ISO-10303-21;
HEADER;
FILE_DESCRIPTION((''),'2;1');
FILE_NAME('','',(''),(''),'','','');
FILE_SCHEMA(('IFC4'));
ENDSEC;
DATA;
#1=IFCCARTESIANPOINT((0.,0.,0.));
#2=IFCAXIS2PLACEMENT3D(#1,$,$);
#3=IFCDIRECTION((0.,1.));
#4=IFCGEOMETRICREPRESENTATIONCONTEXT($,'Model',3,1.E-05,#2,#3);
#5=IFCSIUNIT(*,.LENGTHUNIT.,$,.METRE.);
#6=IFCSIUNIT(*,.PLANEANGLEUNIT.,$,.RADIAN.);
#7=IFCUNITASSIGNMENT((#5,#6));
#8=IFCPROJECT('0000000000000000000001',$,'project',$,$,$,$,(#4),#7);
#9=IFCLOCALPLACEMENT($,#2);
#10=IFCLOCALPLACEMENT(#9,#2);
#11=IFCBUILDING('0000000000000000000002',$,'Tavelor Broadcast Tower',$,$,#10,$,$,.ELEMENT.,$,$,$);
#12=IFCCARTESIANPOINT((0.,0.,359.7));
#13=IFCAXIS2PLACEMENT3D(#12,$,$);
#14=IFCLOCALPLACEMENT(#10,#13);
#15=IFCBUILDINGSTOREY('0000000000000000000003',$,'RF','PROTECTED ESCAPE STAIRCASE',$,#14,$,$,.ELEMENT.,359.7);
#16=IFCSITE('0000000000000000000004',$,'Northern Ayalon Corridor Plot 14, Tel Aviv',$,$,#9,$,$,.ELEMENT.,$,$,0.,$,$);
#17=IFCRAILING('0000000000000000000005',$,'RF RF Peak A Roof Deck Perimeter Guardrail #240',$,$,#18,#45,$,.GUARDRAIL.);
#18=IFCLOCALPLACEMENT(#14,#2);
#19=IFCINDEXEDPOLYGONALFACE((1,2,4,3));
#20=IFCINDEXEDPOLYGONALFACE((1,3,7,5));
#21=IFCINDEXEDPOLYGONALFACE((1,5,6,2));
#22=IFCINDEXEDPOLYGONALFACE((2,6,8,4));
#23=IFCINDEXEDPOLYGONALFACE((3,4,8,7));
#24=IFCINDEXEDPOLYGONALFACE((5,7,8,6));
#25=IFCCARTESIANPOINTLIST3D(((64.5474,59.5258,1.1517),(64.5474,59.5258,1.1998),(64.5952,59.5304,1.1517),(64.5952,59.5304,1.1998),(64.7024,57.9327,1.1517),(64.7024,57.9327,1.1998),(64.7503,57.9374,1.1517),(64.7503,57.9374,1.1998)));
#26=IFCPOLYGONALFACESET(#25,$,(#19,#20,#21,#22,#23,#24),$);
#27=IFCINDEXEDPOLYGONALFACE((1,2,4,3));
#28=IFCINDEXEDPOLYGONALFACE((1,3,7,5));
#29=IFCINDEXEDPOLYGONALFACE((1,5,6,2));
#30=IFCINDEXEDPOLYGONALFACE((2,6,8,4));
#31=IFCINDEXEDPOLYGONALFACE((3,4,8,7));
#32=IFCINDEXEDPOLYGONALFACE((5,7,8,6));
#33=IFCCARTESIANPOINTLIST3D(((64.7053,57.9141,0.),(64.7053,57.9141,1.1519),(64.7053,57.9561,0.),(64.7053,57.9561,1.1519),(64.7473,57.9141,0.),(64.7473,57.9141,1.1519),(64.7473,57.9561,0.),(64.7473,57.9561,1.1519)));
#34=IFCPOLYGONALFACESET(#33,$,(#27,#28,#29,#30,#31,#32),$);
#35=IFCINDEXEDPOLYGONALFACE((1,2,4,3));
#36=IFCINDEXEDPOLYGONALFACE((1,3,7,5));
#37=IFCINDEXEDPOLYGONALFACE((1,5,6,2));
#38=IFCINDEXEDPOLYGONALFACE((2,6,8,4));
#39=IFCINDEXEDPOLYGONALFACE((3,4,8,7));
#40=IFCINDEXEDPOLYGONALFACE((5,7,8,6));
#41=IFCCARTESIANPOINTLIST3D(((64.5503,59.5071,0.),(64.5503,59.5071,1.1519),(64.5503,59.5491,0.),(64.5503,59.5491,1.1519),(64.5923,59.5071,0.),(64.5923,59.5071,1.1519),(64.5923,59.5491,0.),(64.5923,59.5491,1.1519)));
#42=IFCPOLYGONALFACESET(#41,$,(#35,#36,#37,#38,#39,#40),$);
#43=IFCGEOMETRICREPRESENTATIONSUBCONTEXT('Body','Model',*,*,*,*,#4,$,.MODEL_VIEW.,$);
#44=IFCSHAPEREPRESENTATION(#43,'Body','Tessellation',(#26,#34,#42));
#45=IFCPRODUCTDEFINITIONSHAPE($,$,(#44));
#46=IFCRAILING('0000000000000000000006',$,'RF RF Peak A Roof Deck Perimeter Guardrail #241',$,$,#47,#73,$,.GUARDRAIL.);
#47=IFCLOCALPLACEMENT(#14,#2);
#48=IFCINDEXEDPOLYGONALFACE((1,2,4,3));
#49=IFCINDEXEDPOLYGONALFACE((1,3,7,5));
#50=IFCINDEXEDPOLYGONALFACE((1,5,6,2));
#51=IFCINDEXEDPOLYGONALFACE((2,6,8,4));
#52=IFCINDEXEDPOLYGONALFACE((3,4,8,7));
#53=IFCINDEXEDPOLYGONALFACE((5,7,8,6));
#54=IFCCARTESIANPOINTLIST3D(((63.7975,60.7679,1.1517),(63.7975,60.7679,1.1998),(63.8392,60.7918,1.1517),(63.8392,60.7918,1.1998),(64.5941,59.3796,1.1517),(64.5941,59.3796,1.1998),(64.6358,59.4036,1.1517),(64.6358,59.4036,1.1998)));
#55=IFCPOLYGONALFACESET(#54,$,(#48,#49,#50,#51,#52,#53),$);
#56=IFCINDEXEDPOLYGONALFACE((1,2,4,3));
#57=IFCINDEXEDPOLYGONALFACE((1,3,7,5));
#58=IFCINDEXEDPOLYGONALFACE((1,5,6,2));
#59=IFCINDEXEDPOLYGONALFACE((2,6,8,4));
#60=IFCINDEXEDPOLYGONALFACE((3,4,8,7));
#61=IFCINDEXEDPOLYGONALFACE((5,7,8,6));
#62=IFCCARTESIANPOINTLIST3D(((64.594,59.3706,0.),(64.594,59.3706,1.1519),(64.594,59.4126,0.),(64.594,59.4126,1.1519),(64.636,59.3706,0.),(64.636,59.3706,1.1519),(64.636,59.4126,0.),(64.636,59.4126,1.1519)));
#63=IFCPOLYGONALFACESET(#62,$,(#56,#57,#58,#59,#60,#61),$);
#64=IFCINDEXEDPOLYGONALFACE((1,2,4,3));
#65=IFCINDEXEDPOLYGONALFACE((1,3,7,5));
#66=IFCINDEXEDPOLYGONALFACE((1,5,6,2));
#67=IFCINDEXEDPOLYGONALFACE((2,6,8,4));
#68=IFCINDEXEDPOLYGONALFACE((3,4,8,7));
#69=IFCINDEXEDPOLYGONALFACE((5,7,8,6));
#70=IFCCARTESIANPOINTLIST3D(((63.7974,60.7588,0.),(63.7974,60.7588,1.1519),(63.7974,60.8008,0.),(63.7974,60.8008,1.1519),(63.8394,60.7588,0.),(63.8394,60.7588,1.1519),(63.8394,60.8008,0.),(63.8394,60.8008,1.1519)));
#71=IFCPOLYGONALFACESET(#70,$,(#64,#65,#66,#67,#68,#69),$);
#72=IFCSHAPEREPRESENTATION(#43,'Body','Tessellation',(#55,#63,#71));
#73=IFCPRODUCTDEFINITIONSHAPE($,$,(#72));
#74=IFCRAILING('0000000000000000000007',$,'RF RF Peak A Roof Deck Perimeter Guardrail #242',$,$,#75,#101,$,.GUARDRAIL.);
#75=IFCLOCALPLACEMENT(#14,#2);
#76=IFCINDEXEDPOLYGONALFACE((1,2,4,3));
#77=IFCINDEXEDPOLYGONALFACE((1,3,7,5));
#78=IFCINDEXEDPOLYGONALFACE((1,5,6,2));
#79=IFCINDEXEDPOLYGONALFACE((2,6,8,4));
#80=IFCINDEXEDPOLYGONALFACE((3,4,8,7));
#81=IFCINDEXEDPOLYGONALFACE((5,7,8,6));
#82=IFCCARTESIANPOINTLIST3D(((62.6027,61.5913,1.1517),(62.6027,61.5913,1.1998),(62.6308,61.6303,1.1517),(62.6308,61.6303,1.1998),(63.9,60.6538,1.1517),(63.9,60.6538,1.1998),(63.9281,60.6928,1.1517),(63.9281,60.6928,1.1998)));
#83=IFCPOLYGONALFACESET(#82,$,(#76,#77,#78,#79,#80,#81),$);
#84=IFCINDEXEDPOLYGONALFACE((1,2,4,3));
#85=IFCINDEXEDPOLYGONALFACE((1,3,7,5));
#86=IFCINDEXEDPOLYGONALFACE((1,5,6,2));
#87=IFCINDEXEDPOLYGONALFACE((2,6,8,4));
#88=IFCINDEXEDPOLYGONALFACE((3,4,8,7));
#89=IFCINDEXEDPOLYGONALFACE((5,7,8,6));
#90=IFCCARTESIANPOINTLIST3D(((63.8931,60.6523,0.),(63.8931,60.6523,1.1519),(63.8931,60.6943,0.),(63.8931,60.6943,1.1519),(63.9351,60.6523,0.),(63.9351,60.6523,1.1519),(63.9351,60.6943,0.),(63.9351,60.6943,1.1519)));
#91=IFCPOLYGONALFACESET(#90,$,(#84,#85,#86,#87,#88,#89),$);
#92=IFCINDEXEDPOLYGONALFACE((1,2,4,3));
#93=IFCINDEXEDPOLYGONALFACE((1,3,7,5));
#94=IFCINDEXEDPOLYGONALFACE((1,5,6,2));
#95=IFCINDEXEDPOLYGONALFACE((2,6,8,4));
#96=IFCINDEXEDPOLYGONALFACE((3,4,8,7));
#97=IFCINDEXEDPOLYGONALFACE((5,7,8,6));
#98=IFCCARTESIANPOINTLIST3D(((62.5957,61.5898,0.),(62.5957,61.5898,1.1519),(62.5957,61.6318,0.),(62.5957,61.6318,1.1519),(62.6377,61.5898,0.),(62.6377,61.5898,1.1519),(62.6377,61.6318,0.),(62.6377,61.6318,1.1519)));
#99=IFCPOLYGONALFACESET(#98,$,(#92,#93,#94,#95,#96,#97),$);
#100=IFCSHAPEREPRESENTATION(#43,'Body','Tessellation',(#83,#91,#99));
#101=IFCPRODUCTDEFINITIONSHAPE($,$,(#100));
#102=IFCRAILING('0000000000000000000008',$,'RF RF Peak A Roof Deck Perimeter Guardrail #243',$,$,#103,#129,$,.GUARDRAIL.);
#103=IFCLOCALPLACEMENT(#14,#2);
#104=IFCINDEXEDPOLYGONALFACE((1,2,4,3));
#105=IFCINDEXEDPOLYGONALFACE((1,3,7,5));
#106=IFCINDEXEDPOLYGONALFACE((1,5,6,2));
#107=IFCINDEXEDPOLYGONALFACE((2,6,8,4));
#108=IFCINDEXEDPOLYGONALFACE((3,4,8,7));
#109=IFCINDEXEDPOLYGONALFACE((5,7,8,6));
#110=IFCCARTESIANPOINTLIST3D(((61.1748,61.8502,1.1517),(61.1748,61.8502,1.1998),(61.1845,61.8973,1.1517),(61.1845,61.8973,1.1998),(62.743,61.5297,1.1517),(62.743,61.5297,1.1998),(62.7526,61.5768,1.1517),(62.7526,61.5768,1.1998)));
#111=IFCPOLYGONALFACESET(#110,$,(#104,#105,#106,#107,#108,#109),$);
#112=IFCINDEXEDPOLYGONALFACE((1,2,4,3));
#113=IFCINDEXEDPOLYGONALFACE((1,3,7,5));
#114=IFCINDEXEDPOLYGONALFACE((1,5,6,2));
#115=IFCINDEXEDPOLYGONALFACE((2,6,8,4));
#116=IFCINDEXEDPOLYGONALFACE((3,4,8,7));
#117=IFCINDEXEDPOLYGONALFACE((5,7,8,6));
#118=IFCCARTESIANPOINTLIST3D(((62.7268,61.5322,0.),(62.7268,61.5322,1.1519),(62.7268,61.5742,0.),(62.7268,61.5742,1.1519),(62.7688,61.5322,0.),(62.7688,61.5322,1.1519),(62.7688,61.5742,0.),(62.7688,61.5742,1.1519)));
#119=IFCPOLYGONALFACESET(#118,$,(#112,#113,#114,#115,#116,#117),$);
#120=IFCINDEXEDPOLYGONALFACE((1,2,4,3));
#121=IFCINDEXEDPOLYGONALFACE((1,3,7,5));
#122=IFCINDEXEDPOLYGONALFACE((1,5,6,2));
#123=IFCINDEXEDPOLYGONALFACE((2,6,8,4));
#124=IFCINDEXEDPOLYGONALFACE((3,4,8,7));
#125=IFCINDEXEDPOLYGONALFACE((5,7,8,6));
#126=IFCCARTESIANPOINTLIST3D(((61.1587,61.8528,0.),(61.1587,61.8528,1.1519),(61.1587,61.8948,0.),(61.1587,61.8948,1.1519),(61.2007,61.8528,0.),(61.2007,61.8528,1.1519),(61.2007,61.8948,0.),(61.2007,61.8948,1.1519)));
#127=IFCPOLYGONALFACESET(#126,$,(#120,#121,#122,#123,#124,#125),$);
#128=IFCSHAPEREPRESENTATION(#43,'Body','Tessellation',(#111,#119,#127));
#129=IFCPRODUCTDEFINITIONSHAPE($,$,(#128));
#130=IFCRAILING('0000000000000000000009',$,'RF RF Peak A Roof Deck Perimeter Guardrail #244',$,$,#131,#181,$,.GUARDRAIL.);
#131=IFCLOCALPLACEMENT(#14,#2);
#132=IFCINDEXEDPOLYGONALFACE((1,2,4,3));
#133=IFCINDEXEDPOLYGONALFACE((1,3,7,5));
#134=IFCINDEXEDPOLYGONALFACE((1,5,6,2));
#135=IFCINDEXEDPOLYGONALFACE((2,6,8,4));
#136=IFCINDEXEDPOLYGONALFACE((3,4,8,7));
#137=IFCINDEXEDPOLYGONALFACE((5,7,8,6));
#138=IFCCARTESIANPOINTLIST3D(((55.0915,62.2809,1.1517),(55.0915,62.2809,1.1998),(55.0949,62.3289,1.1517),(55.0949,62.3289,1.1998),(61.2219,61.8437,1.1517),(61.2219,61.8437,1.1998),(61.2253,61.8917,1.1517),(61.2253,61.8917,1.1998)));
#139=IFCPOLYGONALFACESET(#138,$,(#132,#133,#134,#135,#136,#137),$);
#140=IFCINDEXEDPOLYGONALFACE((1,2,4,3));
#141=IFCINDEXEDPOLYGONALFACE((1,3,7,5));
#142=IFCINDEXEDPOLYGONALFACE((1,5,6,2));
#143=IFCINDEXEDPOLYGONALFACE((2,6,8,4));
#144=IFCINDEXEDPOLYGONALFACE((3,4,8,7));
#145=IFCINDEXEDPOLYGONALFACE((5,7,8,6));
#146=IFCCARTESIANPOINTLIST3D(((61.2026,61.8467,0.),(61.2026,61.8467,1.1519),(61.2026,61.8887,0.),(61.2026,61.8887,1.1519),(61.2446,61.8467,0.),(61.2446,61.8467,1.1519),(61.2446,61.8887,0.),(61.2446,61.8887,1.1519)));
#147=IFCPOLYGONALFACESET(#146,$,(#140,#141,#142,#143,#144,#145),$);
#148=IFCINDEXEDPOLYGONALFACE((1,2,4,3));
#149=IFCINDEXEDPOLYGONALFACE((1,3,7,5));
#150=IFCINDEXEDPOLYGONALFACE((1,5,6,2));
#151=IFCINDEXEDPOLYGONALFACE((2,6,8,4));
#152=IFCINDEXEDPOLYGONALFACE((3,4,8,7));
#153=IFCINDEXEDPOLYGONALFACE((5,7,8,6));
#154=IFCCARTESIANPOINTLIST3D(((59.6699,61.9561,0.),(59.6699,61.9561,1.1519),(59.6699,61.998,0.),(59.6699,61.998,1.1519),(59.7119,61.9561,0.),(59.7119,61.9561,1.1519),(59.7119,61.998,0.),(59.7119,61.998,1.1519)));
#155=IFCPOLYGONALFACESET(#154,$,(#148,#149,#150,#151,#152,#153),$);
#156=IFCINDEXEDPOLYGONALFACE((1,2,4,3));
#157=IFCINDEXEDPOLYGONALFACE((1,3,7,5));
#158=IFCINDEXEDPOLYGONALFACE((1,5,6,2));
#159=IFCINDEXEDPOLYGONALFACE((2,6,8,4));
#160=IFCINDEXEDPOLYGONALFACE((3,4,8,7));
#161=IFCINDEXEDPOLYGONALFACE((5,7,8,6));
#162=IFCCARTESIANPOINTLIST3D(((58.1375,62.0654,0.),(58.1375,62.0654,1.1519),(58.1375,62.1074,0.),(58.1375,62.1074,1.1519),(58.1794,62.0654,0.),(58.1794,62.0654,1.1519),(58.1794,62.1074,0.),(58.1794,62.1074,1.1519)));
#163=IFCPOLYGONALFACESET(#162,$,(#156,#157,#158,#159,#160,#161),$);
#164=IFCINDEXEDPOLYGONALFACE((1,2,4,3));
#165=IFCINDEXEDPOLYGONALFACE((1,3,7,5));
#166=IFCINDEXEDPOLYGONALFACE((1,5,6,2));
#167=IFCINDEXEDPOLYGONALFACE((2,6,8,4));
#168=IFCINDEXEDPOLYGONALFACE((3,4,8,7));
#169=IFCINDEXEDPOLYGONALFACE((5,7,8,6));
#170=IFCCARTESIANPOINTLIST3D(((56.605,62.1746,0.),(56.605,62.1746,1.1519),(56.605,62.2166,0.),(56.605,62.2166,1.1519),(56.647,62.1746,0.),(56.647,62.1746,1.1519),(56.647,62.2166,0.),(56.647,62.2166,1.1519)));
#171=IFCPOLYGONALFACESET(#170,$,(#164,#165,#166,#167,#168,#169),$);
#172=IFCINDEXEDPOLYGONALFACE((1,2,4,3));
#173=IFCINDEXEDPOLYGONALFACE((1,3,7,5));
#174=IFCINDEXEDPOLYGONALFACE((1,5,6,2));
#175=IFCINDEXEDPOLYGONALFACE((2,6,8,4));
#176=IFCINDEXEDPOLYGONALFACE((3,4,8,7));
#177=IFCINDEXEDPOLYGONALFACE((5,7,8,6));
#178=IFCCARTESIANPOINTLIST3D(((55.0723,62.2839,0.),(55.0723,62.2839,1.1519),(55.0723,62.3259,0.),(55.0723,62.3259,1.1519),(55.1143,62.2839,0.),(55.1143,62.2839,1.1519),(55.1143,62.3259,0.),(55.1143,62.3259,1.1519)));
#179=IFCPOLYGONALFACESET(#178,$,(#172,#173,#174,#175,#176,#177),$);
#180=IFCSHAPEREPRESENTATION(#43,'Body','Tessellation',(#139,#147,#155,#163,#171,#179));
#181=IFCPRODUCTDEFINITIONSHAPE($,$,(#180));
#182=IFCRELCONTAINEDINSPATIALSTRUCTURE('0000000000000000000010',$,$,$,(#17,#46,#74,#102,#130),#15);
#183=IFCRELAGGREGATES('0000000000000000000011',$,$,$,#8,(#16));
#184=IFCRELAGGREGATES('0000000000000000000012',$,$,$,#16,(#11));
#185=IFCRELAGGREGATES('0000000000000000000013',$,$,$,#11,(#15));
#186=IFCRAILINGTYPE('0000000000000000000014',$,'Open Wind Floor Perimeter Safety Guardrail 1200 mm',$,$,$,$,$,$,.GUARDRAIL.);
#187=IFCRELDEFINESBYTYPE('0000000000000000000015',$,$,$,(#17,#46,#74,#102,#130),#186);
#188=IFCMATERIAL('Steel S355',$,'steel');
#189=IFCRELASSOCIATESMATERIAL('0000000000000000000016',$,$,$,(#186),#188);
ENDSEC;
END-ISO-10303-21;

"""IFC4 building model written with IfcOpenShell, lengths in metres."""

from ifc_helpers import new_model, si_unit, direction, frame, origin, origin_2d, place, context, subcontext, project, spatial, rectangle, extrude, material, type_object, element, save


model = new_model("IFC4")

# Units and contexts
model_context = context("Model", 3, precision=1e-05, world=origin(), true_north=direction((0.0, 1.0)))
body_context = subcontext(model_context, "Body", "Model", "MODEL_VIEW")
ifc_project = project(units=[si_unit("LENGTHUNIT", "METRE"), si_unit("PLANEANGLEUNIT", "RADIAN")], contexts=[model_context])

# Site, building, storey
site_placement = place(None, origin())
site = spatial("IfcSite", under=ifc_project, at=site_placement, Name="Northern Ayalon Corridor Plot 14, Tel Aviv", CompositionType="ELEMENT", RefElevation=0.0)
building_placement = place(site_placement, origin())
building = spatial("IfcBuilding", under=site, at=building_placement, Name="Tavelor Broadcast Tower", CompositionType="ELEMENT")
storey_placement = place(building_placement, frame((0.0, 0.0, 359.7)))
storey = spatial("IfcBuildingStorey", under=building, at=storey_placement, Name="RF", Description="PROTECTED ESCAPE STAIRCASE", CompositionType="ELEMENT", Elevation=359.7)

# Shared definitions
ifc_material_1 = material(Name="Steel S355", Category="steel")

# Railings
railing_type = type_object("IfcRailingType", Name="Open Wind Floor Perimeter Safety Guardrail 1200 mm", PredefinedType="GUARDRAIL", material=ifc_material_1)
railing_1_placement = place(storey_placement, frame((64.7263, 57.9351, 0.0)))
element("IfcRailing", 1, at=railing_1_placement, inside=storey, type_object=railing_type, Name="RF RF Peak A Roof Deck Perimeter Guardrail #240", PredefinedType="GUARDRAIL", context=body_context, shape_type="SweptSolid", body=[
    extrude(rectangle(XDim=0.0481, YDim=0.0481, at=origin_2d()), frame((0.0, 0.0, 1.1758), z_axis=(-0.09686, 0.995298, 0.0), x_axis=(-0.995298, -0.09686, 0.0)), (0.0, 0.0, 1.0), 1.6006),
    extrude(rectangle(XDim=0.042, YDim=0.042, at=origin_2d()), origin(), (0.0, 0.0, 1.0), 1.1519),
    extrude(rectangle(XDim=0.042, YDim=0.042, at=origin_2d()), frame((-0.155, 1.593, 0.0)), (0.0, 0.0, 1.0), 1.1519),
])
railing_2_placement = place(storey_placement, frame((64.615, 59.3916, 0.0)))
element("IfcRailing", 2, at=railing_2_placement, inside=storey, type_object=railing_type, Name="RF RF Peak A Roof Deck Perimeter Guardrail #241", PredefinedType="GUARDRAIL", context=body_context, shape_type="SweptSolid", body=[
    extrude(rectangle(XDim=0.0481, YDim=0.0481, at=origin_2d()), frame((0.0, 0.0, 1.1758), z_axis=(-0.497732, 0.867331, 0.0), x_axis=(-0.867331, -0.497732, 0.0)), (0.0, 0.0, 1.0), 1.6006),
    extrude(rectangle(XDim=0.042, YDim=0.042, at=origin_2d()), origin(), (0.0, 0.0, 1.0), 1.1519),
    extrude(rectangle(XDim=0.042, YDim=0.042, at=origin_2d()), frame((-0.7966, 1.3882, 0.0)), (0.0, 0.0, 1.0), 1.1519),
])
railing_3_placement = place(storey_placement, frame((63.9141, 60.6733, 0.0)))
element("IfcRailing", 3, at=railing_3_placement, inside=storey, type_object=railing_type, Name="RF RF Peak A Roof Deck Perimeter Guardrail #242", PredefinedType="GUARDRAIL", context=body_context, shape_type="SweptSolid", body=[
    extrude(rectangle(XDim=0.0481, YDim=0.0481, at=origin_2d()), frame((0.0, 0.0, 1.1758), z_axis=(-0.810526, 0.585702, 0.0), x_axis=(-0.585702, -0.810526, 0.0)), (0.0, 0.0, 1.0), 1.6006),
    extrude(rectangle(XDim=0.042, YDim=0.042, at=origin_2d()), origin(), (0.0, 0.0, 1.0), 1.1519),
    extrude(rectangle(XDim=0.042, YDim=0.042, at=origin_2d()), frame((-1.2974, 0.9375, 0.0)), (0.0, 0.0, 1.0), 1.1519),
])
railing_4_placement = place(storey_placement, frame((62.7478, 61.5532, 0.0)))
element("IfcRailing", 4, at=railing_4_placement, inside=storey, type_object=railing_type, Name="RF RF Peak A Roof Deck Perimeter Guardrail #243", PredefinedType="GUARDRAIL", context=body_context, shape_type="SweptSolid", body=[
    extrude(rectangle(XDim=0.0481, YDim=0.0481, at=origin_2d()), frame((0.0, 0.0, 1.1758), z_axis=(-0.979739, 0.20028, 0.0), x_axis=(-0.20028, -0.979739, 0.0)), (0.0, 0.0, 1.0), 1.6006),
    extrude(rectangle(XDim=0.042, YDim=0.042, at=origin_2d()), origin(), (0.0, 0.0, 1.0), 1.1519),
    extrude(rectangle(XDim=0.042, YDim=0.042, at=origin_2d()), frame((-1.5681, 0.3206, 0.0)), (0.0, 0.0, 1.0), 1.1519),
])
railing_5_placement = place(storey_placement, frame((61.2236, 61.8677, 0.0)))
element("IfcRailing", 5, at=railing_5_placement, inside=storey, type_object=railing_type, Name="RF RF Peak A Roof Deck Perimeter Guardrail #244", PredefinedType="GUARDRAIL", context=body_context, shape_type="SweptSolid", body=[
    extrude(rectangle(XDim=0.0481, YDim=0.0481, at=origin_2d()), frame((0.0, 0.0, 1.1758), z_axis=(-0.997466, 0.071145, 0.0), x_axis=(-0.071145, -0.997466, 0.0)), (0.0, 0.0, 1.0), 6.146),
    extrude(rectangle(XDim=0.042, YDim=0.042, at=origin_2d()), origin(), (0.0, 0.0, 1.0), 1.1519),
    extrude(rectangle(XDim=0.042, YDim=0.042, at=origin_2d()), frame((-1.5327, 0.1094, 0.0)), (0.0, 0.0, 1.0), 1.1519),
    extrude(rectangle(XDim=0.042, YDim=0.042, at=origin_2d()), frame((-3.0652, 0.2188, 0.0)), (0.0, 0.0, 1.0), 1.1519),
    extrude(rectangle(XDim=0.042, YDim=0.042, at=origin_2d()), frame((-4.5977, 0.3279, 0.0)), (0.0, 0.0, 1.0), 1.1519),
    extrude(rectangle(XDim=0.042, YDim=0.042, at=origin_2d()), frame((-6.1304, 0.4373, 0.0)), (0.0, 0.0, 1.0), 1.1519),
])

save(model, "model.ifc")
